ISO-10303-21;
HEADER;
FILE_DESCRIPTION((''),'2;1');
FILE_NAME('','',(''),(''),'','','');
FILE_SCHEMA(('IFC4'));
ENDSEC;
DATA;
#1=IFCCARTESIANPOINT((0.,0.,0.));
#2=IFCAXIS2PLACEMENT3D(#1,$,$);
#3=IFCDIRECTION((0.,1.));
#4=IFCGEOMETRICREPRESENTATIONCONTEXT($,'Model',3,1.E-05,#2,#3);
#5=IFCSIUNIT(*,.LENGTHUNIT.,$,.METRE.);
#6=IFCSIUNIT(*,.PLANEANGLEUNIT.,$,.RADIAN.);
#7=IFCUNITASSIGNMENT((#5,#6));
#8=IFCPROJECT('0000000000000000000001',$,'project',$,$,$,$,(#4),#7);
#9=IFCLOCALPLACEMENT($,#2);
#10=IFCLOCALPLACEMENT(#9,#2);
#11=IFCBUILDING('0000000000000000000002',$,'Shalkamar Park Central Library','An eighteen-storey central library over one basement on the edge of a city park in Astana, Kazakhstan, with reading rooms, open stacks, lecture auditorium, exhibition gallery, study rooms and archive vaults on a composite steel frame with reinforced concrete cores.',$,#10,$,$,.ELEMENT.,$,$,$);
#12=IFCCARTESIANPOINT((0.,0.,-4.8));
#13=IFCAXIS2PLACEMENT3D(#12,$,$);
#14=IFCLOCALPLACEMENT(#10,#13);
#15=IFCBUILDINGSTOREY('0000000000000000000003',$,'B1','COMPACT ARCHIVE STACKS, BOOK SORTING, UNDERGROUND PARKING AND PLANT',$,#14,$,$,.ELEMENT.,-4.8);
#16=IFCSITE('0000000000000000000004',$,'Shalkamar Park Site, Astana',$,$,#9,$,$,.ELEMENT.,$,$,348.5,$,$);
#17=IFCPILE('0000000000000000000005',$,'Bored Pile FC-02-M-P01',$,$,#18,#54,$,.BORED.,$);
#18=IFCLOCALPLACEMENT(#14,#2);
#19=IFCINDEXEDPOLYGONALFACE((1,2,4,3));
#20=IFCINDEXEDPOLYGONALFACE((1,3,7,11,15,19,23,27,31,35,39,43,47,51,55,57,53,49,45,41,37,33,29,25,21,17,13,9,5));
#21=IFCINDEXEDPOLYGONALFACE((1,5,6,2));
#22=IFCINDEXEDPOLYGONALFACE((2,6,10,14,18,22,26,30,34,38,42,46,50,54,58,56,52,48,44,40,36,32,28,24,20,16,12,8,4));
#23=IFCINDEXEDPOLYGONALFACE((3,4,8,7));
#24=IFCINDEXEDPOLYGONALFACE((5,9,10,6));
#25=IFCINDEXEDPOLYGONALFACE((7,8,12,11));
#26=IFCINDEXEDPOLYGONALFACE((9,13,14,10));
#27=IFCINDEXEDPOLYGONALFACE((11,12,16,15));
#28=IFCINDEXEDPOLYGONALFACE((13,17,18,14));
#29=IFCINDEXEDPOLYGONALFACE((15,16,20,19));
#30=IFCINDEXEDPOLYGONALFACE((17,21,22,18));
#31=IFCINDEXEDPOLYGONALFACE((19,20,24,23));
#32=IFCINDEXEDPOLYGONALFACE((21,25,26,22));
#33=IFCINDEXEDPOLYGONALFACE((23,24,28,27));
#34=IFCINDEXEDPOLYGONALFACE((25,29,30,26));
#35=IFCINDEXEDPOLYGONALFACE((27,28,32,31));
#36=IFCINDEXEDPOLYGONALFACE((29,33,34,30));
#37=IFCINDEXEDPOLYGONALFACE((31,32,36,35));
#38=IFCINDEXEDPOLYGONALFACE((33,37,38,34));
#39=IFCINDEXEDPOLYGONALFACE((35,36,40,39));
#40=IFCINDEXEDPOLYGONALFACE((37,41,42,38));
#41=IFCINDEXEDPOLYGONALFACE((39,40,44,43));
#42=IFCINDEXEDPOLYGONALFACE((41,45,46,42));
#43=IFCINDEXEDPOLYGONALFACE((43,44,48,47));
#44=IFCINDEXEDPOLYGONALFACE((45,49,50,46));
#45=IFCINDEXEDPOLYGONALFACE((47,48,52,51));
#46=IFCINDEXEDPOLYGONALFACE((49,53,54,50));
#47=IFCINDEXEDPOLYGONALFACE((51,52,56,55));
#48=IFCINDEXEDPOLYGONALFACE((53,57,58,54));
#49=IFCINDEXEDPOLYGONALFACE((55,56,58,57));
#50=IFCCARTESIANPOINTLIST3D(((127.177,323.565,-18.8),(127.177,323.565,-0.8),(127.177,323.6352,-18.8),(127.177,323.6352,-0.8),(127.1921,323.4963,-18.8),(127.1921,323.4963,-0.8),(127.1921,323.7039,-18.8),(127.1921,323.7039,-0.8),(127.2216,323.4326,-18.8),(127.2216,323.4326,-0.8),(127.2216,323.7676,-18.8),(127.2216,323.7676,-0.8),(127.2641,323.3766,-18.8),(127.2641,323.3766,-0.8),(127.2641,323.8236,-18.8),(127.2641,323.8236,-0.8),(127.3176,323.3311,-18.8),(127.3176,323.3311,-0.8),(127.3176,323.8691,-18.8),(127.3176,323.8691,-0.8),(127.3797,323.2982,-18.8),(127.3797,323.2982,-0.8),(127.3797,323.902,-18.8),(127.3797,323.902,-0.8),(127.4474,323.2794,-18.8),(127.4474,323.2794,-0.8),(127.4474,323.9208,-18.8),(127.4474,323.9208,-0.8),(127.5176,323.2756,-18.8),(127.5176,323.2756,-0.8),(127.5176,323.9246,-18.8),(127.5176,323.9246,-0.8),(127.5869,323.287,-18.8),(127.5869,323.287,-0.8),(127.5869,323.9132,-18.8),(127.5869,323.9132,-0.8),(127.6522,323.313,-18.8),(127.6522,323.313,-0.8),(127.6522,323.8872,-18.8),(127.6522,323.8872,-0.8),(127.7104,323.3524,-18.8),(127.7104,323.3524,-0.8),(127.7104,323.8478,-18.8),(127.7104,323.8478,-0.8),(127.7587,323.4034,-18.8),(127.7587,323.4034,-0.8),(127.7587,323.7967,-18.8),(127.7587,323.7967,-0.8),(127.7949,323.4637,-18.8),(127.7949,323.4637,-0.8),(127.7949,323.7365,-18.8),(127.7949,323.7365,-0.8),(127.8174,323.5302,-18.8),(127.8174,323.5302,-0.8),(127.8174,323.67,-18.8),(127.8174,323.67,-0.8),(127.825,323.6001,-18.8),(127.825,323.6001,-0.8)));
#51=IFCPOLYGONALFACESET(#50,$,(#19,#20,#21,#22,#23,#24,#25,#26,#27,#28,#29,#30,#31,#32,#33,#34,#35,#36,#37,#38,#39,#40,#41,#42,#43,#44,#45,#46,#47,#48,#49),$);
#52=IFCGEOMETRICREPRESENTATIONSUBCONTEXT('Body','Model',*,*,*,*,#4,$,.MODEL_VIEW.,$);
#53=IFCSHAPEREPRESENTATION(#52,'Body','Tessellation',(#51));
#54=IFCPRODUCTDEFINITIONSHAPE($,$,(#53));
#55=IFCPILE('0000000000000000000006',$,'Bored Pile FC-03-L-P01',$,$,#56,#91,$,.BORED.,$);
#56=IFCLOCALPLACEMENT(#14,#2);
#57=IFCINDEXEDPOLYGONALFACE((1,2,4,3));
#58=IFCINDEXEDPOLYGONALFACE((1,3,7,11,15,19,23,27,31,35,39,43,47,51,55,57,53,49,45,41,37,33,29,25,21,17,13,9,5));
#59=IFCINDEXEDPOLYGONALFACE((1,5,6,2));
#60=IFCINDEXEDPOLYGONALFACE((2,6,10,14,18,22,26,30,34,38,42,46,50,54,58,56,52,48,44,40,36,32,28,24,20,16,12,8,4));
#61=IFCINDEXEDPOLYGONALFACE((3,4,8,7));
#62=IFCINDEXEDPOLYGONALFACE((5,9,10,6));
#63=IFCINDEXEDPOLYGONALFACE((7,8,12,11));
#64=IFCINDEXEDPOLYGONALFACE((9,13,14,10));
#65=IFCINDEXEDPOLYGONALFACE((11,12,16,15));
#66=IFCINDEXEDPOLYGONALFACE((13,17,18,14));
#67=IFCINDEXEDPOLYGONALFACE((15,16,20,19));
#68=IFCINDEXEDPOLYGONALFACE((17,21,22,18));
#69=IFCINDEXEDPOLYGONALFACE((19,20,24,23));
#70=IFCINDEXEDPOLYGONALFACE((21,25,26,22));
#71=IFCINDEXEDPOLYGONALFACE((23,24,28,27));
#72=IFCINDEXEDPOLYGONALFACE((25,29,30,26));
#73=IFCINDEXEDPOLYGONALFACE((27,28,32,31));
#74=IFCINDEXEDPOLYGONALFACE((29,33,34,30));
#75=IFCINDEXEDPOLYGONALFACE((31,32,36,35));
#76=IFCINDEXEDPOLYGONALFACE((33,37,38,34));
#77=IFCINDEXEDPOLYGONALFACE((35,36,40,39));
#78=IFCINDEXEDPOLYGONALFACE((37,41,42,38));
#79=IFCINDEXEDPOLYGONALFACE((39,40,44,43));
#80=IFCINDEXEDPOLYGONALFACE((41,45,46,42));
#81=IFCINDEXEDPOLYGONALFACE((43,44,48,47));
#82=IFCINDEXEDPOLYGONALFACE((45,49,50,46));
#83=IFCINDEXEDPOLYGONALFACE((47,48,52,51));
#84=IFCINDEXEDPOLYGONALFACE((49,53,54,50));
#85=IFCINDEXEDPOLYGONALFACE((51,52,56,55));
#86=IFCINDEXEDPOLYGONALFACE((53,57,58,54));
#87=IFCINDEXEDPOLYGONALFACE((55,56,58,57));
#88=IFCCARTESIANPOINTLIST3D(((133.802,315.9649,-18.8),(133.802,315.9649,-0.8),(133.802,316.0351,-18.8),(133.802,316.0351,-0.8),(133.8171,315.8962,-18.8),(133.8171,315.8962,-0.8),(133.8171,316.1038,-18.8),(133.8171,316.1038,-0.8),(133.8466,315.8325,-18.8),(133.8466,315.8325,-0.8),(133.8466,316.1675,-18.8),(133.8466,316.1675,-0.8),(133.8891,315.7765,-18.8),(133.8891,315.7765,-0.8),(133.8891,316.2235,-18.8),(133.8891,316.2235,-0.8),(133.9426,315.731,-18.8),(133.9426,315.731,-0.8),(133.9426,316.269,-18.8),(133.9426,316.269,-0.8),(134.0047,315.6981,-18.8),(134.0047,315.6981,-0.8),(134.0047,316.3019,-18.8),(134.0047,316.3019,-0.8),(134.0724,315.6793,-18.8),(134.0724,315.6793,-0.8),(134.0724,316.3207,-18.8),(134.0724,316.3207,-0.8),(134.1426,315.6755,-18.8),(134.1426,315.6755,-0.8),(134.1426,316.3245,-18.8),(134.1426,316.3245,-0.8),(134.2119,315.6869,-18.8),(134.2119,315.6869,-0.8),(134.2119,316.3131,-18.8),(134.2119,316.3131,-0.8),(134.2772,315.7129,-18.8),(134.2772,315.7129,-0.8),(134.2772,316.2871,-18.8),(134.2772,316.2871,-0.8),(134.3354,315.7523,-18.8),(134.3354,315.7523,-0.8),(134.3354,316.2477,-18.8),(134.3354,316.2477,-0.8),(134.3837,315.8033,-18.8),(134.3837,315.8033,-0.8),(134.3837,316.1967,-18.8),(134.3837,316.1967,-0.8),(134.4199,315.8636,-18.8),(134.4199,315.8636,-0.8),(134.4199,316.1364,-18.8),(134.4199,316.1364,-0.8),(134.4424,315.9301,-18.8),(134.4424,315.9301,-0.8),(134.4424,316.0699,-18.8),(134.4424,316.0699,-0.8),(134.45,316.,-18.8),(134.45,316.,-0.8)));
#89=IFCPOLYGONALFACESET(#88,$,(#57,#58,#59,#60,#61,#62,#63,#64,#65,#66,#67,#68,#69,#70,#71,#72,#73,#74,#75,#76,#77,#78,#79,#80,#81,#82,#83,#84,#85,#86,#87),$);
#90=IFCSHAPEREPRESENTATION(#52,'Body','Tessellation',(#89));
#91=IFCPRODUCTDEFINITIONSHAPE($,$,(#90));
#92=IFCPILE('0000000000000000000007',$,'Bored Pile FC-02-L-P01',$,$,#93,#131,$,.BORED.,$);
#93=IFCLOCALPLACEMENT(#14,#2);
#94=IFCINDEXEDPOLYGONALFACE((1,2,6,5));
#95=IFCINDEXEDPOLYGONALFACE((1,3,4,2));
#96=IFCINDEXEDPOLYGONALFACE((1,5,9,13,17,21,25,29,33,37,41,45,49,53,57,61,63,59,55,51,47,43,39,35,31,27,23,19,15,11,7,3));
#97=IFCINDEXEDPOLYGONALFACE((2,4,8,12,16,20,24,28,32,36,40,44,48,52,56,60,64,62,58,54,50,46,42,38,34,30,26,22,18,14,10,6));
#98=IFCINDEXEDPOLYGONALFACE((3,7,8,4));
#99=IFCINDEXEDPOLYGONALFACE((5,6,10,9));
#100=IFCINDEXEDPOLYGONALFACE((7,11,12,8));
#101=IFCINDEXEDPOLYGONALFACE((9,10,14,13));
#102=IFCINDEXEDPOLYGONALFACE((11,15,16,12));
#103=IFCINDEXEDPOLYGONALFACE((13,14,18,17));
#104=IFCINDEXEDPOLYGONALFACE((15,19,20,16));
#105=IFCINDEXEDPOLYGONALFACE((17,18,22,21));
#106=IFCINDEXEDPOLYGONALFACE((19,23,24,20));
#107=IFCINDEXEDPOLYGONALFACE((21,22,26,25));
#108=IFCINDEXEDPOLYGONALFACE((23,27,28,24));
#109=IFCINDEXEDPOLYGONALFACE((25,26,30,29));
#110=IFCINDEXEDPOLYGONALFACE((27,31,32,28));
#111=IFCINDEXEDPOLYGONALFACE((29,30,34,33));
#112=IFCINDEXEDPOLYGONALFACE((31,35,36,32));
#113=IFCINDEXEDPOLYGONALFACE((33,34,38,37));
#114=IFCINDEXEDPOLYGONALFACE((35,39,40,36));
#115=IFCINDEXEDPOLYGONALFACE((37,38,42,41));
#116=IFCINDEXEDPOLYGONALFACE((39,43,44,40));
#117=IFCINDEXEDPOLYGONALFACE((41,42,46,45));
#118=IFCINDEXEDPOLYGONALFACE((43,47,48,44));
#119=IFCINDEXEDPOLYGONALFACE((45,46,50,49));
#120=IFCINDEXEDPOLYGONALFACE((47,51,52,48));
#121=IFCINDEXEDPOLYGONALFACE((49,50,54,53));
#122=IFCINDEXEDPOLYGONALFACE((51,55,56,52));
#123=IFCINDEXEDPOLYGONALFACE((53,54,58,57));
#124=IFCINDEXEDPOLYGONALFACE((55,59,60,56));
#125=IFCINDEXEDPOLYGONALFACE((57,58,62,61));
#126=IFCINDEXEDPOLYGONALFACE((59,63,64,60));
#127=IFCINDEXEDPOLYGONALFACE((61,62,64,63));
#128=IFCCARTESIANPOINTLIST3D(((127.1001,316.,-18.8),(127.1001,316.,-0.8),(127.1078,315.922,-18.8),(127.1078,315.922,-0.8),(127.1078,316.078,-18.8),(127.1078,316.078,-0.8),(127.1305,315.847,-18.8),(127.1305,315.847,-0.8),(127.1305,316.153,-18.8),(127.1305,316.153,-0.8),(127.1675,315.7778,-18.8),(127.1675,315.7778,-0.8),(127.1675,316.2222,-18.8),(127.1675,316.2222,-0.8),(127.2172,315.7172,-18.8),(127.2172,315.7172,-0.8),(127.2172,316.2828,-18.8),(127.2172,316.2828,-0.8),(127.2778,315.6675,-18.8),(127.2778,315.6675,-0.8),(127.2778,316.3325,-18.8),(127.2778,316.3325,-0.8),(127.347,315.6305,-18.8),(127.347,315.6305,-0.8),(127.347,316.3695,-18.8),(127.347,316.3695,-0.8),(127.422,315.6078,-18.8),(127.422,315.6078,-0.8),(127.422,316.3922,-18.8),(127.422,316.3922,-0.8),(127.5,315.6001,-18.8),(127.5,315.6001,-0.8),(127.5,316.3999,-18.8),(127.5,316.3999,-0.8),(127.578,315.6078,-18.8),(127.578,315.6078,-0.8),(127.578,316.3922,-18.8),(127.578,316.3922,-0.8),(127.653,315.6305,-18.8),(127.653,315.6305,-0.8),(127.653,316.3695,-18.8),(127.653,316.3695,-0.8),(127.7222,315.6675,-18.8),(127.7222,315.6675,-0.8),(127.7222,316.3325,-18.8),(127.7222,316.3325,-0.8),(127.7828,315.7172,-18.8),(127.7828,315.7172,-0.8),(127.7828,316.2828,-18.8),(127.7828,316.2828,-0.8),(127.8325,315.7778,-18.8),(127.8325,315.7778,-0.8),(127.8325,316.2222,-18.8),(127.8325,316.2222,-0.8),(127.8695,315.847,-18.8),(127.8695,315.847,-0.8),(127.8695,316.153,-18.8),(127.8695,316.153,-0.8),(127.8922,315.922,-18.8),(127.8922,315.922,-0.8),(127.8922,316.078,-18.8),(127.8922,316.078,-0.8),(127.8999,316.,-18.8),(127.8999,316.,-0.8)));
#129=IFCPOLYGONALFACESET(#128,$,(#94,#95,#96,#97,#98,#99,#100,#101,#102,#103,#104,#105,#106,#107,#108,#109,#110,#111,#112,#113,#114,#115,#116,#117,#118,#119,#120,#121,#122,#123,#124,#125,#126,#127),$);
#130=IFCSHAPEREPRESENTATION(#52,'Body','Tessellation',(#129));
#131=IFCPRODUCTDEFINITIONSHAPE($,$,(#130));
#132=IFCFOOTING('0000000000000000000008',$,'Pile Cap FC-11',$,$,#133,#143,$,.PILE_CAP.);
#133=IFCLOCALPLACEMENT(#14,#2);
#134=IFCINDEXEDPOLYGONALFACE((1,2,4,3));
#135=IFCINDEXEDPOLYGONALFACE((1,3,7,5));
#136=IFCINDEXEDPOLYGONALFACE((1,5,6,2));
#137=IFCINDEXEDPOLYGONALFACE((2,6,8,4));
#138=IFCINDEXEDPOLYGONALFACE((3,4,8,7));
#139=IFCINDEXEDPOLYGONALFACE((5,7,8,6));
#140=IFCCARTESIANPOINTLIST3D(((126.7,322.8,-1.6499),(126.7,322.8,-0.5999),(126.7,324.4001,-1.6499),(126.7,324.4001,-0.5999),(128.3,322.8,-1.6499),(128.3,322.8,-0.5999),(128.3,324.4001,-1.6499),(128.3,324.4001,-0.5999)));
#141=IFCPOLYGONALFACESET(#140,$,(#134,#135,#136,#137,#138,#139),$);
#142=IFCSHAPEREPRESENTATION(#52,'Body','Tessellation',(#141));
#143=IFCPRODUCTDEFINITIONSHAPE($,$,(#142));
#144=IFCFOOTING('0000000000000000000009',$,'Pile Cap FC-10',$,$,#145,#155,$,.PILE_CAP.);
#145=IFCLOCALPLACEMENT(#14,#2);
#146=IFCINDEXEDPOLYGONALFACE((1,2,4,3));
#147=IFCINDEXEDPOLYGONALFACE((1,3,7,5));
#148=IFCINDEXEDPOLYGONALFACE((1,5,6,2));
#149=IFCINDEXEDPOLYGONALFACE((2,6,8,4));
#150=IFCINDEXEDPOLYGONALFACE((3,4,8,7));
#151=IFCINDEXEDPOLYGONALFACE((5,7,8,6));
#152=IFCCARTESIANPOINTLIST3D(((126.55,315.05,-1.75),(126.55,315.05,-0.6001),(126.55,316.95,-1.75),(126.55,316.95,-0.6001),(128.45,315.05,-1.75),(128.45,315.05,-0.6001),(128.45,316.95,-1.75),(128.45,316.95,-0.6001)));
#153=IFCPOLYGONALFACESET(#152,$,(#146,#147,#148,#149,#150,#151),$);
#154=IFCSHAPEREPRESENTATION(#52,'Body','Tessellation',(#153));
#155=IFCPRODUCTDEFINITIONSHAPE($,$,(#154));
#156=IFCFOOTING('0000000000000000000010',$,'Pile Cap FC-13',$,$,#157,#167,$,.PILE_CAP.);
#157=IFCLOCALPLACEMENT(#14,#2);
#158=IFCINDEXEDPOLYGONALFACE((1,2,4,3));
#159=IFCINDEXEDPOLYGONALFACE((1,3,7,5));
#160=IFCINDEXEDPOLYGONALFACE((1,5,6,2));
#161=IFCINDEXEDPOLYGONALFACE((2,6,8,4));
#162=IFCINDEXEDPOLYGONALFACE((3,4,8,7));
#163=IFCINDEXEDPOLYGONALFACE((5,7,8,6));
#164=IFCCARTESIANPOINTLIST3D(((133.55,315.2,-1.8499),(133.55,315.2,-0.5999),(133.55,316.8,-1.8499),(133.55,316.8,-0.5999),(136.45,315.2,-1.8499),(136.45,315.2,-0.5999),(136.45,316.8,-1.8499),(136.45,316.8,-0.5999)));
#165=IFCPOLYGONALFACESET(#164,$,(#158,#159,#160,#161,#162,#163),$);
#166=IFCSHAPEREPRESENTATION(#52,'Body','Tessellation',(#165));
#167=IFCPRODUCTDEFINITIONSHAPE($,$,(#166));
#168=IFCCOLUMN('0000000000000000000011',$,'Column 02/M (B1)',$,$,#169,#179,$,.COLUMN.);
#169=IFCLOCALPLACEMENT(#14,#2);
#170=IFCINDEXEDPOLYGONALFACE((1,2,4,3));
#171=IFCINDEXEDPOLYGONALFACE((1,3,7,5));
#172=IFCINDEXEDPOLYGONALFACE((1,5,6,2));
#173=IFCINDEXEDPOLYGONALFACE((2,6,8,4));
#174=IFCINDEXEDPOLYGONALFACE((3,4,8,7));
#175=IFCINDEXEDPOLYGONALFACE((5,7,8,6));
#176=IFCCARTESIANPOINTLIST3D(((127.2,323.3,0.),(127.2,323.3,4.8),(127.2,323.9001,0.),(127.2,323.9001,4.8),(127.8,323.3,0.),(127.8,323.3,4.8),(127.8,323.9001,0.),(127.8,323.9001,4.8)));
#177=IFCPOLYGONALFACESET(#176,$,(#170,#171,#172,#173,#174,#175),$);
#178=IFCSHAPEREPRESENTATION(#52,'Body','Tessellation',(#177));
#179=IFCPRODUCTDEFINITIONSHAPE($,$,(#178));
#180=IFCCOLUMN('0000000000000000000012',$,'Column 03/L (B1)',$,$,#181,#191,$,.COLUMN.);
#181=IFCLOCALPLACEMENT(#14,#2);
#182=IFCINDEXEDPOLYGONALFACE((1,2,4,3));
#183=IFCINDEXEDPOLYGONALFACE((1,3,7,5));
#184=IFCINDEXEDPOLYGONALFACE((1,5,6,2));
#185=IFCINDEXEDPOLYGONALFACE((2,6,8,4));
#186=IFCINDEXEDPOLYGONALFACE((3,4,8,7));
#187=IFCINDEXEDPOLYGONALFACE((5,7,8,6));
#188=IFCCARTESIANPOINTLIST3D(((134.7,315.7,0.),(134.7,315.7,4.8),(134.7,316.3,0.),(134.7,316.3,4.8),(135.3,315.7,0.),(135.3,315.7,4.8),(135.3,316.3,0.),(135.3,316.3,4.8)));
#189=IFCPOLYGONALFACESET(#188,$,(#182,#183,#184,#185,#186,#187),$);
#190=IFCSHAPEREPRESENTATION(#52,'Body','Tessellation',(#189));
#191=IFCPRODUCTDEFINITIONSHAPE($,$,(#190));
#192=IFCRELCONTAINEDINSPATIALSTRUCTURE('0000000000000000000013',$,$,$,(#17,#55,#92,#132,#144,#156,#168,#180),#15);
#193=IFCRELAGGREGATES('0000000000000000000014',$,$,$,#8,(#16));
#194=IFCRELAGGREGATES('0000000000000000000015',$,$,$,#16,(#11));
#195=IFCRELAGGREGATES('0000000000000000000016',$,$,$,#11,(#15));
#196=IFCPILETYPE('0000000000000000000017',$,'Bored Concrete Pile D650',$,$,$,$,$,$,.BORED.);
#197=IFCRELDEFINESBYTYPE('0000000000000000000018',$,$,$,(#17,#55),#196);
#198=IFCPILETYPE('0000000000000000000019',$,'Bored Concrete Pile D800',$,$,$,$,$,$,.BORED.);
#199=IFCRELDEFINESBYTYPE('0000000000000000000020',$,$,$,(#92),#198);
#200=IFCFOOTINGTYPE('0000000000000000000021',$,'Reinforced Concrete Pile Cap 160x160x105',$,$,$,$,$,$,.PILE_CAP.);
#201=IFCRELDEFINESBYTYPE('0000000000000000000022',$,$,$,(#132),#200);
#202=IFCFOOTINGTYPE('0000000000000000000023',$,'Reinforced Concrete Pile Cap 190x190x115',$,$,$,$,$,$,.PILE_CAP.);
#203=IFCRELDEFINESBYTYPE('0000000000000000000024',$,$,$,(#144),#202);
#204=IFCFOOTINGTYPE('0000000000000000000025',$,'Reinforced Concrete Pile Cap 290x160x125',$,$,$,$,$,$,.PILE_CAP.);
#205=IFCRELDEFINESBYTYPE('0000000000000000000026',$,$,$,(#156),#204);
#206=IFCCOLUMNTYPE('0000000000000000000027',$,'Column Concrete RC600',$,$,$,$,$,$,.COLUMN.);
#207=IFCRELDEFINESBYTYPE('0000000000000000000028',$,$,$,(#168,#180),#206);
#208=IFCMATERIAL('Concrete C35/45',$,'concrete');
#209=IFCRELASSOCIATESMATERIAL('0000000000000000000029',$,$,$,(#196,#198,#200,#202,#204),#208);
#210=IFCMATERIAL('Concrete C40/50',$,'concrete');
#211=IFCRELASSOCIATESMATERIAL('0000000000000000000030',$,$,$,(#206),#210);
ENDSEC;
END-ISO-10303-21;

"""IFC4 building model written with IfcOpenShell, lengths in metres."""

from ifc_helpers import new_model, si_unit, direction, frame, origin, origin_2d, place, context, subcontext, project, spatial, rectangle, circle, extrude, material, material_profile, profile_set, type_object, element, save


model = new_model("IFC4")

# Units and contexts
model_context = context("Model", 3, precision=1e-05, world=origin(), true_north=direction((0.0, 1.0)))
body_context = subcontext(model_context, "Body", "Model", "MODEL_VIEW")
ifc_project = project(units=[si_unit("LENGTHUNIT", "METRE"), si_unit("PLANEANGLEUNIT", "RADIAN")], contexts=[model_context])

# Site, building, storey
site_placement = place(None, origin())
site = spatial("IfcSite", under=ifc_project, at=site_placement, Name="Shalkamar Park Site, Astana", CompositionType="ELEMENT", RefElevation=348.5)
building_placement = place(site_placement, origin())
building = spatial("IfcBuilding", under=site, at=building_placement, Name="Shalkamar Park Central Library", Description="An eighteen-storey central library over one basement on the edge of a city park in Astana, Kazakhstan, with reading rooms, open stacks, lecture auditorium, exhibition gallery, study rooms and archive vaults on a composite steel frame with reinforced concrete cores.", CompositionType="ELEMENT")
storey_placement = place(building_placement, frame((0.0, 0.0, -4.8)))
storey = spatial("IfcBuildingStorey", under=building, at=storey_placement, Name="B1", Description="COMPACT ARCHIVE STACKS, BOOK SORTING, UNDERGROUND PARKING AND PLANT", CompositionType="ELEMENT", Elevation=-4.8)

# Piles
ifc_material_1 = material(Name="Concrete C35/45", Category="concrete")
ifc_material_profile_1 = material_profile(ifc_material_1, circle(Radius=0.325, at=origin_2d()), Name="PILE D650")
ifc_profile_set_1 = profile_set([ifc_material_profile_1], Name="Concrete C35/45")
pile_type_1 = type_object("IfcPileType", Name="Bored Concrete Pile D650", PredefinedType="BORED", material=ifc_profile_set_1)
for number, where, z_axis, x_axis, name in (
    (1, (127.5, 323.6001, -0.8), (0.0, 0.0, -1.0), (1.0, 0.0, 0.0), "Bored Pile FC-02-M-P01"),
    (2, (134.125, 316.0, -0.8), (0.0, 0.0, -1.0), (1.0, 0.0, 0.0), "Bored Pile FC-03-L-P01"),
):
    element("IfcPile", number, at=place(storey_placement, frame(where, z_axis=z_axis, x_axis=x_axis)), inside=storey, type_object=pile_type_1, Name=name, PredefinedType="BORED", context=body_context, shape_type="SweptSolid", body=[
        extrude(circle(Radius=0.325, at=origin_2d()), origin(), (0.0, 0.0, 1.0), 18.0),
    ])
ifc_material_profile_2 = material_profile(ifc_material_1, circle(Radius=0.3999, at=origin_2d()), Name="PILE D800")
ifc_profile_set_2 = profile_set([ifc_material_profile_2], Name="Concrete C35/45")
pile_type_2 = type_object("IfcPileType", Name="Bored Concrete Pile D800", PredefinedType="BORED", material=ifc_profile_set_2)
pile_placement = place(storey_placement, frame((127.5, 316.0, -0.8), z_axis=(0.0, 0.0, -1.0), x_axis=(1.0, 0.0, 0.0)))
element("IfcPile", 3, at=pile_placement, inside=storey, type_object=pile_type_2, Name="Bored Pile FC-02-L-P01", PredefinedType="BORED", context=body_context, shape_type="SweptSolid", body=[
    extrude(circle(Radius=0.3999, at=origin_2d()), origin(), (0.0, 0.0, 1.0), 18.0),
])

# Footings
footing_type_1 = type_object("IfcFootingType", Name="Reinforced Concrete Pile Cap 160x160x105", PredefinedType="PILE_CAP", material=ifc_material_1)
footing_1_placement = place(storey_placement, frame((127.5, 323.6001, -1.6499), z_axis=(0.0, 0.0, 1.0), x_axis=(1.0, 0.0, 0.0)))
element("IfcFooting", 4, at=footing_1_placement, inside=storey, type_object=footing_type_1, Name="Pile Cap FC-11", PredefinedType="PILE_CAP", context=body_context, shape_type="SweptSolid", body=[
    extrude(rectangle(XDim=1.6001, YDim=1.6001, at=origin_2d()), origin(), (0.0, 0.0, 1.0), 1.05),
])
footing_type_2 = type_object("IfcFootingType", Name="Reinforced Concrete Pile Cap 190x190x115", PredefinedType="PILE_CAP", material=ifc_material_1)
footing_2_placement = place(storey_placement, frame((127.5, 316.0, -1.75), z_axis=(0.0, 0.0, 1.0), x_axis=(1.0, 0.0, 0.0)))
element("IfcFooting", 5, at=footing_2_placement, inside=storey, type_object=footing_type_2, Name="Pile Cap FC-10", PredefinedType="PILE_CAP", context=body_context, shape_type="SweptSolid", body=[
    extrude(rectangle(XDim=1.8999, YDim=1.8999, at=origin_2d()), origin(), (0.0, 0.0, 1.0), 1.1499),
])
footing_type_3 = type_object("IfcFootingType", Name="Reinforced Concrete Pile Cap 290x160x125", PredefinedType="PILE_CAP", material=ifc_material_1)
footing_3_placement = place(storey_placement, frame((135.0, 316.0, -1.8499), z_axis=(0.0, 0.0, 1.0), x_axis=(1.0, 0.0, 0.0)))
element("IfcFooting", 6, at=footing_3_placement, inside=storey, type_object=footing_type_3, Name="Pile Cap FC-13", PredefinedType="PILE_CAP", context=body_context, shape_type="SweptSolid", body=[
    extrude(rectangle(XDim=2.8999, YDim=1.6001, at=origin_2d()), origin(), (0.0, 0.0, 1.0), 1.25),
])

# Columns
ifc_material_2 = material(Name="Concrete C40/50", Category="concrete")
ifc_material_profile_3 = material_profile(ifc_material_2, rectangle(XDim=0.6001, YDim=0.6001, at=origin_2d()), Name="RC 600x600")
ifc_profile_set_3 = profile_set([ifc_material_profile_3], Name="Concrete C40/50")
column_type_1 = type_object("IfcColumnType", Name="Column Concrete RC600", PredefinedType="COLUMN", material=ifc_profile_set_3)
for number, where, z_axis, x_axis, name in (
    (7, (127.5, 323.6001, 0.0), (0.0, 0.0, 1.0), (1.0, 0.0, 0.0), "Column 02/M (B1)"),
    (8, (135.0, 316.0, 0.0), (0.0, 0.0, 1.0), (1.0, 0.0, 0.0), "Column 03/L (B1)"),
):
    element("IfcColumn", number, at=place(storey_placement, frame(where, z_axis=z_axis, x_axis=x_axis)), inside=storey, type_object=column_type_1, Name=name, PredefinedType="COLUMN", context=body_context, shape_type="SweptSolid", body=[
        extrude(rectangle(XDim=0.6001, YDim=0.6001, at=origin_2d()), origin(), (0.0, 0.0, 1.0), 4.8),
    ])

save(model, "model.ifc")
